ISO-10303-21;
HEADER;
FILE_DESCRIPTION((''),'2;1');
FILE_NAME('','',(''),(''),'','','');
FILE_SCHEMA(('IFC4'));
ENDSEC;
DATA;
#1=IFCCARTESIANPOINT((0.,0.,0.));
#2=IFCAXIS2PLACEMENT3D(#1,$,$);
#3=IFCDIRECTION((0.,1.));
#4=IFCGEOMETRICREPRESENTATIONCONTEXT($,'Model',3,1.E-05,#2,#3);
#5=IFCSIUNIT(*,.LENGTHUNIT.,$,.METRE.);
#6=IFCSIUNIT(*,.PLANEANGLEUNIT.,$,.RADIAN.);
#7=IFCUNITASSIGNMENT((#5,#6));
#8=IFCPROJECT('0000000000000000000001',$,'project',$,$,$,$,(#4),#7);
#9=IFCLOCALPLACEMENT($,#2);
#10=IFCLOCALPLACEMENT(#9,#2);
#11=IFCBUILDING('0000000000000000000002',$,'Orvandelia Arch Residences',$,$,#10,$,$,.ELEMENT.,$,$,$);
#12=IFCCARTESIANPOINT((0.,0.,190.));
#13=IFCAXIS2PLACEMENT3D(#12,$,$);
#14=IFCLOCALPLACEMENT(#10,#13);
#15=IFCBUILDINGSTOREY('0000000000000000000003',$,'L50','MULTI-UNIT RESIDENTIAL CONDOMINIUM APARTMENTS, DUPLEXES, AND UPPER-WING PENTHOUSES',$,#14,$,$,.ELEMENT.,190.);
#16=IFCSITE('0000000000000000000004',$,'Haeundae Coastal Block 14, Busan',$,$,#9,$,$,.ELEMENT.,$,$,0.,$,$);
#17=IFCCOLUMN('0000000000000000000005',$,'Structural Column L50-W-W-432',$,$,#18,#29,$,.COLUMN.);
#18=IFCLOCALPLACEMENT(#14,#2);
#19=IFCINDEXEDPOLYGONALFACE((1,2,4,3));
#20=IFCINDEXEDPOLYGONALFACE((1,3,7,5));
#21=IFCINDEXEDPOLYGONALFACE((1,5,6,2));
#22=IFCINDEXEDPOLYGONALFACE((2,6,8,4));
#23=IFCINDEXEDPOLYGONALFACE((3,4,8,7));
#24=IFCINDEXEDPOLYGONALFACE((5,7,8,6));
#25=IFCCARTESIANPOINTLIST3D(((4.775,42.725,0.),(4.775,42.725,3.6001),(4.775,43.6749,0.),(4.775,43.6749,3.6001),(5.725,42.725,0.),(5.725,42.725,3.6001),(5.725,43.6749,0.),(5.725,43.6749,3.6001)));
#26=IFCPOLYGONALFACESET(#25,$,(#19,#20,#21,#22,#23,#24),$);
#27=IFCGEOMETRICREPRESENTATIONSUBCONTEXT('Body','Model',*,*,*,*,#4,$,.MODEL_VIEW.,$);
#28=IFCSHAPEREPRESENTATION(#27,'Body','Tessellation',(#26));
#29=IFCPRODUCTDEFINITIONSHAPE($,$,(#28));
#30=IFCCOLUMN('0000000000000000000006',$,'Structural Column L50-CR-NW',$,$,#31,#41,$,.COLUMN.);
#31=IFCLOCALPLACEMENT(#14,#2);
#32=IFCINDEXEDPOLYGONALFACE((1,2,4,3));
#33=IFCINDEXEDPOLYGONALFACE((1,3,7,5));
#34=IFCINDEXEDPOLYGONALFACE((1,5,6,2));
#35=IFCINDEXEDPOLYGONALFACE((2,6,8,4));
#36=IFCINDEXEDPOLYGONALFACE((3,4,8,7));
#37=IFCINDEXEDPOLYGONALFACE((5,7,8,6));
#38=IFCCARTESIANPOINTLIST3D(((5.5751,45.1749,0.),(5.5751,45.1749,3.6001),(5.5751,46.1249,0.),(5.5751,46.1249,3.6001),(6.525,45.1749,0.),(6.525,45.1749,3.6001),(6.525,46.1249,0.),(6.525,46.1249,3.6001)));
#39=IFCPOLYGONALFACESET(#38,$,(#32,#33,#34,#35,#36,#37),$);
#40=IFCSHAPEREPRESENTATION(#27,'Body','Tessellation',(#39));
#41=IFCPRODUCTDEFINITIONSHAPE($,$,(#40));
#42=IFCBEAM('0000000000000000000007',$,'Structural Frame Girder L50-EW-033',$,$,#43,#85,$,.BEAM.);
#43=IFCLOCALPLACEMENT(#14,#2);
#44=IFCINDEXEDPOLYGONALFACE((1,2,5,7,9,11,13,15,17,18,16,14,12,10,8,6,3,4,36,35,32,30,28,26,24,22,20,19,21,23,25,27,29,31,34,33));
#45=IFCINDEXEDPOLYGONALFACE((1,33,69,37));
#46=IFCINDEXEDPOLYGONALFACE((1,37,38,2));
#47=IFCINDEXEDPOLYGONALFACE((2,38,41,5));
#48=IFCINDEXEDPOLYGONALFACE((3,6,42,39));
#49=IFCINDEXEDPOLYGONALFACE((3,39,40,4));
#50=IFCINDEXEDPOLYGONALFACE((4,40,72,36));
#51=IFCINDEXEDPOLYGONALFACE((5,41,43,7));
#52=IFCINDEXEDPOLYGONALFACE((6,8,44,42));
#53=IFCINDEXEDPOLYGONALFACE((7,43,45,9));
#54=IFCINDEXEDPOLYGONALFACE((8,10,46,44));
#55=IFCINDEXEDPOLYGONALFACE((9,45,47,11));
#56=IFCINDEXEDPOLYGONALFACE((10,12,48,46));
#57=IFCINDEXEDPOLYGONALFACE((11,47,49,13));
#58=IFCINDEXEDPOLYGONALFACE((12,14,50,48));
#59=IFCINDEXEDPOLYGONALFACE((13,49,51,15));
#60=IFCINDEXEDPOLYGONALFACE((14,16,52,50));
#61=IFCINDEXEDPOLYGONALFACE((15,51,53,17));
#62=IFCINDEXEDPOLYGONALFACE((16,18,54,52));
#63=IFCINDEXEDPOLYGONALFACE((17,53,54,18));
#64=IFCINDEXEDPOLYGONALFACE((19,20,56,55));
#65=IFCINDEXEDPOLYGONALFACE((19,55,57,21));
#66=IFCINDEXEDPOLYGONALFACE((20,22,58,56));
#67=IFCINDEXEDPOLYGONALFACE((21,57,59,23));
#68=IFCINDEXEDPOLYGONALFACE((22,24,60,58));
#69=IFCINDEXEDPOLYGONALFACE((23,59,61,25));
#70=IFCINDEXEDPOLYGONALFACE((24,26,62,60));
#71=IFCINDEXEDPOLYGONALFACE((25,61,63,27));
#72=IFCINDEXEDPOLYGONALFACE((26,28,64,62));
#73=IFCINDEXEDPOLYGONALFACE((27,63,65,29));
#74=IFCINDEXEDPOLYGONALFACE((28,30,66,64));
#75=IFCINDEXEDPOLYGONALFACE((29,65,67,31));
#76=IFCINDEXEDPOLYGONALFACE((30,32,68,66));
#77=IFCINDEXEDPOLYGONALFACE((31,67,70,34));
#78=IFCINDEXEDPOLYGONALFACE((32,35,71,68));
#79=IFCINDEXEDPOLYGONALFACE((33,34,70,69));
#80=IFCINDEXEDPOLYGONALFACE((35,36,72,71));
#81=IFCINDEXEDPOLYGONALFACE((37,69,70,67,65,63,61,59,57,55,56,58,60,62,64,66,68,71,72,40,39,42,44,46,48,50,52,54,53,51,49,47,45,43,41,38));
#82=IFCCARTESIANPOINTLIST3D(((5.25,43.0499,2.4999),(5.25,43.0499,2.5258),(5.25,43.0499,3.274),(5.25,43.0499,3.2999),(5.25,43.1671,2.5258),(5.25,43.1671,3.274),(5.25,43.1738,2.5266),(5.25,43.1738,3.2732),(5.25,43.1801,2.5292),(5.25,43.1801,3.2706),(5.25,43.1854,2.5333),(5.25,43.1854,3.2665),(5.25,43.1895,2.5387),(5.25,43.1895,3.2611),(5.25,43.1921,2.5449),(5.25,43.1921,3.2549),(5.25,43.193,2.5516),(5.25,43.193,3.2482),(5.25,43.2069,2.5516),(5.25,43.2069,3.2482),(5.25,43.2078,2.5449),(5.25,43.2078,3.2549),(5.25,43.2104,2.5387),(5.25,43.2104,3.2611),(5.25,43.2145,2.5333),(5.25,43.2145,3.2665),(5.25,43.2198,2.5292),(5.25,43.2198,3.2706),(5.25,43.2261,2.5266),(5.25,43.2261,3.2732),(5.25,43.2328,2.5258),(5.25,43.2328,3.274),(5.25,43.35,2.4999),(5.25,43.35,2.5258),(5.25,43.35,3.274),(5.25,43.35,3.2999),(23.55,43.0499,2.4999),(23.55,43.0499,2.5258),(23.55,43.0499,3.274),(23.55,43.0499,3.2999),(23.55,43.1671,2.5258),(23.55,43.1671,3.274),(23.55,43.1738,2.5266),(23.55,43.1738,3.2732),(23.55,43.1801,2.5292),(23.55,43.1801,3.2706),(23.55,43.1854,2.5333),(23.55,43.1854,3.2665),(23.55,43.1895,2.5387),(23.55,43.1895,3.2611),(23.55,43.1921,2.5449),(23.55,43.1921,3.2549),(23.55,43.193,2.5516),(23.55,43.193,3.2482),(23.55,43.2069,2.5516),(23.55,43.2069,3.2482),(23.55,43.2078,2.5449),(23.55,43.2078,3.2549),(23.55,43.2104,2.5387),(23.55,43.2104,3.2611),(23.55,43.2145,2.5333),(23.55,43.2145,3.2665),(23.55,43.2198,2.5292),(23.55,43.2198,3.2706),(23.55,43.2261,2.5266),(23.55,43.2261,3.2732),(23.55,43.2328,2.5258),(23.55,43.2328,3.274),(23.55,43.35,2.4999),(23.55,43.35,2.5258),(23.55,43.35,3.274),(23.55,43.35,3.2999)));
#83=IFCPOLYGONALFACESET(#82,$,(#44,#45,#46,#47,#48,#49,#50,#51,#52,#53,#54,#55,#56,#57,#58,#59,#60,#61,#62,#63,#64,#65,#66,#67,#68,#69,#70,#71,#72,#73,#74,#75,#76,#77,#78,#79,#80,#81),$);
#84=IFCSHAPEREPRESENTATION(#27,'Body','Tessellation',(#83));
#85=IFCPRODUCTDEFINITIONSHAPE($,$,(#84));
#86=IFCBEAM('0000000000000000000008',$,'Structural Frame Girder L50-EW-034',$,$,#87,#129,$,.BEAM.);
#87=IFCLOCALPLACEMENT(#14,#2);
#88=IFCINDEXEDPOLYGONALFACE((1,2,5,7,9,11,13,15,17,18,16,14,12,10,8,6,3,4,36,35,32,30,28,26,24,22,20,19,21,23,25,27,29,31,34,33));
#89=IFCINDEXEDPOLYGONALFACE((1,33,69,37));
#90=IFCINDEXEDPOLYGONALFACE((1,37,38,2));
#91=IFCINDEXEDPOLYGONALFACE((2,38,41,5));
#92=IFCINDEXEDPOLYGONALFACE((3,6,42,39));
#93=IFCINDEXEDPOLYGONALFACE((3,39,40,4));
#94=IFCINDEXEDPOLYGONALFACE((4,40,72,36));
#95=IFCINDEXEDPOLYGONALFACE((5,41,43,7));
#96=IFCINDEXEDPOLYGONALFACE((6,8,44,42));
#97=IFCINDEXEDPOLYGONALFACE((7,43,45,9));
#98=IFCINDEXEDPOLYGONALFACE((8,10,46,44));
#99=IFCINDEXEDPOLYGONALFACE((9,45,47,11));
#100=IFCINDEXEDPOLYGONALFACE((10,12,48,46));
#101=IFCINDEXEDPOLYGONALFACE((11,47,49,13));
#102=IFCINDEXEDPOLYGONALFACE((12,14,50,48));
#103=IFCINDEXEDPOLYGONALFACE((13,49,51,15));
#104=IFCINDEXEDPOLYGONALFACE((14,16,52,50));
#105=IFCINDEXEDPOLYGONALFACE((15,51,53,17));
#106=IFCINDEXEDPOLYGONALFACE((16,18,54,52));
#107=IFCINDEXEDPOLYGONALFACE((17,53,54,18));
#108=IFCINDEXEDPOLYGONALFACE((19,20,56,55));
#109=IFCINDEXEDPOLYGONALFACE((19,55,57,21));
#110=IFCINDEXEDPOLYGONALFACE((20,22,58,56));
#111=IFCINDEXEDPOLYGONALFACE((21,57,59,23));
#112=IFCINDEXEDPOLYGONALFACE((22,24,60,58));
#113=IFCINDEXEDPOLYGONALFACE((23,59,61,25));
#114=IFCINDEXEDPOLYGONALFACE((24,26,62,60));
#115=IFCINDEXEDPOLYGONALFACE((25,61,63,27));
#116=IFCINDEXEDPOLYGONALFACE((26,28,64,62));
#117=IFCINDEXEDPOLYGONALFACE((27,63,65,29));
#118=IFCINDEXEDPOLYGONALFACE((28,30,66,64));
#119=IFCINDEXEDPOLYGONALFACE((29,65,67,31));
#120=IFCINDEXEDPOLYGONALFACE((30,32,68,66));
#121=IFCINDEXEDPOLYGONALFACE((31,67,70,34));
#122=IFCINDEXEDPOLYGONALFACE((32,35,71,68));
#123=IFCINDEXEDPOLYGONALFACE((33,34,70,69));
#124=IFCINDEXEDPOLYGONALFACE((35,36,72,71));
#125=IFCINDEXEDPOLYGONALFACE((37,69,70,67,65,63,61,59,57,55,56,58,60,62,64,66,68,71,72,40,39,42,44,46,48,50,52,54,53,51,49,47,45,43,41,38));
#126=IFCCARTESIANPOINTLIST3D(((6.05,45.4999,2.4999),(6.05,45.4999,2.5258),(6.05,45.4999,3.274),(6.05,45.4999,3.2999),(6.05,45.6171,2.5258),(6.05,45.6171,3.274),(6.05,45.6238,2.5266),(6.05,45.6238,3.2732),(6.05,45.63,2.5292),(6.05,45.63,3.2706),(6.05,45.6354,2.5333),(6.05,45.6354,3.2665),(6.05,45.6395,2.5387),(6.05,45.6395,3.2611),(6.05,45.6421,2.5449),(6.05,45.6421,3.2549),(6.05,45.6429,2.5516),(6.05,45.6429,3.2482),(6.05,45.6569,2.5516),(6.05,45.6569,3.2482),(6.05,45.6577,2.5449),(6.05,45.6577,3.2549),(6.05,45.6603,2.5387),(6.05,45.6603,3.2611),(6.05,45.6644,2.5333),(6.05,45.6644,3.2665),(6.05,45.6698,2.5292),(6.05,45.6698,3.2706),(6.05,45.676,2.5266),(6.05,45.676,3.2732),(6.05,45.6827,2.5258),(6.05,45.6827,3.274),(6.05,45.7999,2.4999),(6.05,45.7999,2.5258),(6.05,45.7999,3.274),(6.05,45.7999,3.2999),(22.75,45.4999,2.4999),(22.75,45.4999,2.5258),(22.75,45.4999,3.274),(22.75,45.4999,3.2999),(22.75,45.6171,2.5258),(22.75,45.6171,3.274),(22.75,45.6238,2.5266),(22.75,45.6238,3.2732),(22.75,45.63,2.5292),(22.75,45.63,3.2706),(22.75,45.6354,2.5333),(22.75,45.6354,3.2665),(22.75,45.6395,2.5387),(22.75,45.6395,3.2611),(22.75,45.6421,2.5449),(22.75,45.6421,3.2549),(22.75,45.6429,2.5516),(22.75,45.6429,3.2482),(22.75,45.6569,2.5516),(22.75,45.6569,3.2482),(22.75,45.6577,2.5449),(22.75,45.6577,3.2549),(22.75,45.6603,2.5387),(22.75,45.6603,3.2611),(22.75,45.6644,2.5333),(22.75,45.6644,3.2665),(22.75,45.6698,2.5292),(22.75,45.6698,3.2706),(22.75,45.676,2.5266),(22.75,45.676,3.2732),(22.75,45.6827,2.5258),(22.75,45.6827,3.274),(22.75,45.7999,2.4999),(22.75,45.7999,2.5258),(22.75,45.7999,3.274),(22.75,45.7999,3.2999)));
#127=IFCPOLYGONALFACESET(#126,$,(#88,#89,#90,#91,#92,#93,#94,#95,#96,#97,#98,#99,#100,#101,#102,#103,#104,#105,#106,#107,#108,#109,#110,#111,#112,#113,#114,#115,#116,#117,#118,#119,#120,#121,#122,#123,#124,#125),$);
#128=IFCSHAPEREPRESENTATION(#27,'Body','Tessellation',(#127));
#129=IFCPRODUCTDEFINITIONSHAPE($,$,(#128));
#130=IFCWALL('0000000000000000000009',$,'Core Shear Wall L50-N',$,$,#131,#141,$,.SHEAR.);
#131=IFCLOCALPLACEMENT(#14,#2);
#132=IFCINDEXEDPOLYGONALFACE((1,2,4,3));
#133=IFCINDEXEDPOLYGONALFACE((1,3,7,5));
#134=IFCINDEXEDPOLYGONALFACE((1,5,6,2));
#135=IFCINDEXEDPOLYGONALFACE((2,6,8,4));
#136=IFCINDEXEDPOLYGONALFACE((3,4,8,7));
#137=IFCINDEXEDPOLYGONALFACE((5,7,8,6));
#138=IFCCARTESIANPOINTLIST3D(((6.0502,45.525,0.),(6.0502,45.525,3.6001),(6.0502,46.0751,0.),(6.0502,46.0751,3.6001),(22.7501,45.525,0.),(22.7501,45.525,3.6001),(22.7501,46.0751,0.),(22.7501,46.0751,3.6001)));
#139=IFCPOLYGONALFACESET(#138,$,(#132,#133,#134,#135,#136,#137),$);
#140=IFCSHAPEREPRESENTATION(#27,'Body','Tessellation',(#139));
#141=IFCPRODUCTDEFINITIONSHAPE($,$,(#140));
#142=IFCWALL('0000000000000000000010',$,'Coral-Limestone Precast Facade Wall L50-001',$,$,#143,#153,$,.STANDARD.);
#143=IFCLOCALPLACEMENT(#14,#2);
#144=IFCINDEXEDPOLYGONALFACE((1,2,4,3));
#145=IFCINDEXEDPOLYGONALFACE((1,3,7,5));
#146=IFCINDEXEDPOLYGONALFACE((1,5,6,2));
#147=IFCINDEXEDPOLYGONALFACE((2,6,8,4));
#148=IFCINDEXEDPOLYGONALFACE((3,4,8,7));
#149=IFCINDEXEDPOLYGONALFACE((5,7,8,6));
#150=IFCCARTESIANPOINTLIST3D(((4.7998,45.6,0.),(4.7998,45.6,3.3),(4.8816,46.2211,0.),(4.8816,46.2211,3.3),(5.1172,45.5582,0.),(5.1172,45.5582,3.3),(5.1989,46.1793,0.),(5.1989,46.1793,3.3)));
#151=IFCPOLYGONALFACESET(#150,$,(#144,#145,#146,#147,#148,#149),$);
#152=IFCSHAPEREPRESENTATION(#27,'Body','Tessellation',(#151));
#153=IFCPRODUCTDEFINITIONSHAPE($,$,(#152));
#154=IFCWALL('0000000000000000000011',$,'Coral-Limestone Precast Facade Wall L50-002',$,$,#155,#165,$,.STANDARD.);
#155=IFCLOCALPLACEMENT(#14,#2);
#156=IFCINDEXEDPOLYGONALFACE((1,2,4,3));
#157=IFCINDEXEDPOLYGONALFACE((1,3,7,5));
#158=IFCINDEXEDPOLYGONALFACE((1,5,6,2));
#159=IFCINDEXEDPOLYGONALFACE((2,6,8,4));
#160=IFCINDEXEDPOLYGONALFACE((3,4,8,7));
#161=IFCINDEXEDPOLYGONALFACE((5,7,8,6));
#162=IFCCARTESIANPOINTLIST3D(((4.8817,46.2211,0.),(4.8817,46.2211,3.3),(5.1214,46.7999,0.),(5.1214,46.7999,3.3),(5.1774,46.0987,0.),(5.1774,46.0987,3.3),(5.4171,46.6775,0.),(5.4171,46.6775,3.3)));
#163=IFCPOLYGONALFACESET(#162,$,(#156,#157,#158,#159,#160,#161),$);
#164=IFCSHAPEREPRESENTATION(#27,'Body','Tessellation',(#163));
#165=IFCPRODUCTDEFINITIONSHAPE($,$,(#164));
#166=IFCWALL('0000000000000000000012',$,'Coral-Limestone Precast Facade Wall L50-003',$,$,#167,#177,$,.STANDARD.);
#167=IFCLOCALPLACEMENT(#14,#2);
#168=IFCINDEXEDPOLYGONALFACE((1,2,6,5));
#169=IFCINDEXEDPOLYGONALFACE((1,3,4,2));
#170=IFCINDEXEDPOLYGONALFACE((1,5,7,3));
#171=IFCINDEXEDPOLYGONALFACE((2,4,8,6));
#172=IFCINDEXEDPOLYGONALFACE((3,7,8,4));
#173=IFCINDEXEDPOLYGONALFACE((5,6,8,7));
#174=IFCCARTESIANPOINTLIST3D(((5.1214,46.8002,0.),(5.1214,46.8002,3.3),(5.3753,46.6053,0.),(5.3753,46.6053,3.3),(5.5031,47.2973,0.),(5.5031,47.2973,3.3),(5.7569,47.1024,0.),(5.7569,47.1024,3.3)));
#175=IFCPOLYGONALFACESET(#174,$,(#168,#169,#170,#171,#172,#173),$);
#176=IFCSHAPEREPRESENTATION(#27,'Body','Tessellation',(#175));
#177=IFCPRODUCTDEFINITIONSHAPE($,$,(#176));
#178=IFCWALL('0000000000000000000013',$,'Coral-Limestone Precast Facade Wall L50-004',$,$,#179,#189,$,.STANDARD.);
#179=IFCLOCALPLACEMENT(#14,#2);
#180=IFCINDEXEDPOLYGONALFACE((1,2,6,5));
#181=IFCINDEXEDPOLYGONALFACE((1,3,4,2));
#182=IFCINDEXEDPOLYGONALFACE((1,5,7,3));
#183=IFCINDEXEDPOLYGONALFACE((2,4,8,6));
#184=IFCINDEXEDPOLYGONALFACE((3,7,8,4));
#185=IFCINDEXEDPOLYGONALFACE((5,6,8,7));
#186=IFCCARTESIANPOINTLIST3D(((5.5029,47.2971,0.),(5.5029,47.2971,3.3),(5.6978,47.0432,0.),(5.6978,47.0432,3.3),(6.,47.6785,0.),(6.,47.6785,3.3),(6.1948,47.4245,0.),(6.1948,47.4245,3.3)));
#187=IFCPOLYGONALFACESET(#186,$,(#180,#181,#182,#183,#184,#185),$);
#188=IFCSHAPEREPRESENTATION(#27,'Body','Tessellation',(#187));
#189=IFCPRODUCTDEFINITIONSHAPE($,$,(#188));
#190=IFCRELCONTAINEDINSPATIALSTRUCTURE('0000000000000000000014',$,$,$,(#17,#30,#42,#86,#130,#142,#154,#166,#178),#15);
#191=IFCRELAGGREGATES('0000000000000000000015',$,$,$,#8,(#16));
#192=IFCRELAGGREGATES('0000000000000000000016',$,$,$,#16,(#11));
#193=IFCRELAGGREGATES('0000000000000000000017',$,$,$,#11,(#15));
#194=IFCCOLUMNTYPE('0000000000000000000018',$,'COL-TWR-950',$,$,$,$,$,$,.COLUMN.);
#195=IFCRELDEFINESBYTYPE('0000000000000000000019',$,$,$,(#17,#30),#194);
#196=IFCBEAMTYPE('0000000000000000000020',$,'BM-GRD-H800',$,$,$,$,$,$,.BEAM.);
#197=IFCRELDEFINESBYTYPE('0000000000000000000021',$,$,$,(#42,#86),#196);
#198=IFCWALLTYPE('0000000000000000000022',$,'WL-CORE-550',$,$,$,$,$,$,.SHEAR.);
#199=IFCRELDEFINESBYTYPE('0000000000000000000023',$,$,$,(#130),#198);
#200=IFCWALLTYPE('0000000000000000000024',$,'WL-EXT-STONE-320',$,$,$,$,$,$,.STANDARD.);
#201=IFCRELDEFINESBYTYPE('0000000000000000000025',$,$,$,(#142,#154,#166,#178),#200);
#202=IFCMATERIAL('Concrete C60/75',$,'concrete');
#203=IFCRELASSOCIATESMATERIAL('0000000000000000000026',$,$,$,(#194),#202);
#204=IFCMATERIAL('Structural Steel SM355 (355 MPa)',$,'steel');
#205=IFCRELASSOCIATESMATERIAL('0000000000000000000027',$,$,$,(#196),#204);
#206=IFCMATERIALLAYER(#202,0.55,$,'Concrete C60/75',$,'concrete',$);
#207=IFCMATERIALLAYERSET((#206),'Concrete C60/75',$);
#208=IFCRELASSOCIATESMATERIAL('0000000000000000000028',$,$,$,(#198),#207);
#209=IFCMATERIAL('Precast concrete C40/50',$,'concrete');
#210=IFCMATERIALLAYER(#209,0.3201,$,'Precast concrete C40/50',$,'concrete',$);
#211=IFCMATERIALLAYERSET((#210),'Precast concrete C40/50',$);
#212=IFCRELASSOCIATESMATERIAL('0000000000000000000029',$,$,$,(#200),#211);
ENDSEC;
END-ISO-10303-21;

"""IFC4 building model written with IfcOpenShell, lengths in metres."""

from ifc_helpers import new_model, si_unit, direction, frame, frame_2d, origin, origin_2d, place, context, subcontext, project, spatial, rectangle, i_section, extrude, material, layer, layer_set, material_profile, profile_set, type_object, element, save


model = new_model("IFC4")

# Units and contexts
model_context = context("Model", 3, precision=1e-05, world=origin(), true_north=direction((0.0, 1.0)))
body_context = subcontext(model_context, "Body", "Model", "MODEL_VIEW")
ifc_project = project(units=[si_unit("LENGTHUNIT", "METRE"), si_unit("PLANEANGLEUNIT", "RADIAN")], contexts=[model_context])

# Site, building, storey
site_placement = place(None, origin())
site = spatial("IfcSite", under=ifc_project, at=site_placement, Name="Haeundae Coastal Block 14, Busan", CompositionType="ELEMENT", RefElevation=0.0)
building_placement = place(site_placement, origin())
building = spatial("IfcBuilding", under=site, at=building_placement, Name="Orvandelia Arch Residences", CompositionType="ELEMENT")
storey_placement = place(building_placement, frame((0.0, 0.0, 190.0)))
storey = spatial("IfcBuildingStorey", under=building, at=storey_placement, Name="L50", Description="MULTI-UNIT RESIDENTIAL CONDOMINIUM APARTMENTS, DUPLEXES, AND UPPER-WING PENTHOUSES", CompositionType="ELEMENT", Elevation=190.0)

# Columns
ifc_material_1 = material(Name="Concrete C60/75", Category="concrete")
ifc_material_profile_1 = material_profile(ifc_material_1, rectangle(XDim=0.95, YDim=0.95, at=origin_2d()), Name="Concrete C60/75", Category="concrete")
ifc_profile_set_1 = profile_set([ifc_material_profile_1], Name="Concrete C60/75")
column_type = type_object("IfcColumnType", Name="COL-TWR-950", PredefinedType="COLUMN", material=ifc_profile_set_1)
for number, where, z_axis, x_axis, name in (
    (1, (5.25, 43.2, 0.0), (0.0, 0.0, 1.0), (1.0, 0.0, 0.0), "Structural Column L50-W-W-432"),
    (2, (6.05, 45.6499, 0.0), (0.0, 0.0, 1.0), (1.0, 0.0, 0.0), "Structural Column L50-CR-NW"),
):
    element("IfcColumn", number, at=place(storey_placement, frame(where, z_axis=z_axis, x_axis=x_axis)), inside=storey, type_object=column_type, Name=name, PredefinedType="COLUMN", context=body_context, shape_type="SweptSolid", body=[
        extrude(rectangle(XDim=0.95, YDim=0.95, at=origin_2d()), origin(), (0.0, 0.0, 1.0), 3.6001),
    ])

# Beams
ifc_material_2 = material(Name="Structural Steel SM355 (355 MPa)", Category="steel")
ifc_material_profile_2 = material_profile(ifc_material_2, i_section(OverallWidth=0.3, OverallDepth=0.8, WebThickness=0.0139, FlangeThickness=0.0259, FilletRadius=0.0259, at=origin_2d()), Name="Structural Steel SM355 (355 MPa)", Category="steel")
ifc_profile_set_2 = profile_set([ifc_material_profile_2], Name="Structural Steel SM355 (355 MPa)")
beam_type = type_object("IfcBeamType", Name="BM-GRD-H800", PredefinedType="BEAM", material=ifc_profile_set_2)
beam_1_placement = place(storey_placement, frame((5.25, 43.2, 2.8999), z_axis=(1.0, 0.0, 0.0), x_axis=(0.0, 1.0, 0.0)))
element("IfcBeam", 3, at=beam_1_placement, inside=storey, type_object=beam_type, Name="Structural Frame Girder L50-EW-033", PredefinedType="BEAM", context=body_context, shape_type="SweptSolid", body=[
    extrude(i_section(OverallWidth=0.3, OverallDepth=0.8, WebThickness=0.0139, FlangeThickness=0.0259, FilletRadius=0.0259, at=origin_2d()), origin(), (0.0, 0.0, 1.0), 18.3),
])
beam_2_placement = place(storey_placement, frame((6.05, 45.6499, 2.8999), z_axis=(1.0, 0.0, 0.0), x_axis=(0.0, 1.0, 0.0)))
element("IfcBeam", 4, at=beam_2_placement, inside=storey, type_object=beam_type, Name="Structural Frame Girder L50-EW-034", PredefinedType="BEAM", context=body_context, shape_type="SweptSolid", body=[
    extrude(i_section(OverallWidth=0.3, OverallDepth=0.8, WebThickness=0.0139, FlangeThickness=0.0259, FilletRadius=0.0259, at=origin_2d()), origin(), (0.0, 0.0, 1.0), 16.7),
])

# Walls
ifc_layer_1 = layer(ifc_material_1, 0.55, Name="Concrete C60/75", Category="concrete")
ifc_layer_set_1 = layer_set([ifc_layer_1], Name="Concrete C60/75")
wall_type_1 = type_object("IfcWallType", Name="WL-CORE-550", PredefinedType="SHEAR", material=ifc_layer_set_1)
wall_1_placement = place(storey_placement, frame((6.05, 45.8, 0.0), z_axis=(0.0, 0.0, 1.0), x_axis=(1.0, 0.0, 0.0)))
element("IfcWall", 5, at=wall_1_placement, inside=storey, type_object=wall_type_1, Name="Core Shear Wall L50-N", PredefinedType="SHEAR", context=body_context, shape_type="SweptSolid", body=[
    extrude(rectangle(XDim=16.7, YDim=0.55, at=frame_2d((8.3501, 0.0))), origin(), (0.0, 0.0, 1.0), 3.6001),
])
ifc_material_3 = material(Name="Precast concrete C40/50", Category="concrete")
ifc_layer_2 = layer(ifc_material_3, 0.3201, Name="Precast concrete C40/50", Category="concrete")
ifc_layer_set_2 = layer_set([ifc_layer_2], Name="Precast concrete C40/50")
wall_type_2 = type_object("IfcWallType", Name="WL-EXT-STONE-320", PredefinedType="STANDARD", material=ifc_layer_set_2)
for number, where, z_axis, x_axis, name in (
    (6, (4.9585, 45.5791, 0.0), (0.0, 0.0, 1.0), (0.130555, 0.991441, 0.0), "Coral-Limestone Precast Facade Wall L50-001"),
    (7, (5.0295, 46.1599, 0.0), (0.0, 0.0, 1.0), (0.38265, 0.923893, 0.0), "Coral-Limestone Precast Facade Wall L50-002"),
):
    element("IfcWall", number, at=place(storey_placement, frame(where, z_axis=z_axis, x_axis=x_axis)), inside=storey, type_object=wall_type_2, Name=name, PredefinedType="STANDARD", context=body_context, shape_type="SweptSolid", body=[
        extrude(rectangle(XDim=0.6265, YDim=0.3201, at=frame_2d((0.3132, 0.0))), origin(), (0.0, 0.0, 1.0), 3.3),
    ])
wall_2_placement = place(storey_placement, frame((5.2483, 46.7026, 0.0), z_axis=(0.0, 0.0, 1.0), x_axis=(0.608939, 0.793217, 0.0)))
element("IfcWall", 8, at=wall_2_placement, inside=storey, type_object=wall_type_2, Name="Coral-Limestone Precast Facade Wall L50-003", PredefinedType="STANDARD", context=body_context, shape_type="SweptSolid", body=[
    extrude(rectangle(XDim=0.6267, YDim=0.3201, at=frame_2d((0.3135, 0.0))), origin(), (0.0, 0.0, 1.0), 3.3),
])
wall_3_placement = place(storey_placement, frame((5.6003, 47.1702, 0.0), z_axis=(0.0, 0.0, 1.0), x_axis=(0.793406, 0.608693, 0.0)))
element("IfcWall", 9, at=wall_3_placement, inside=storey, type_object=wall_type_2, Name="Coral-Limestone Precast Facade Wall L50-004", PredefinedType="STANDARD", context=body_context, shape_type="SweptSolid", body=[
    extrude(rectangle(XDim=0.6265, YDim=0.3201, at=frame_2d((0.3132, 0.0))), origin(), (0.0, 0.0, 1.0), 3.3),
])

save(model, "model.ifc")
